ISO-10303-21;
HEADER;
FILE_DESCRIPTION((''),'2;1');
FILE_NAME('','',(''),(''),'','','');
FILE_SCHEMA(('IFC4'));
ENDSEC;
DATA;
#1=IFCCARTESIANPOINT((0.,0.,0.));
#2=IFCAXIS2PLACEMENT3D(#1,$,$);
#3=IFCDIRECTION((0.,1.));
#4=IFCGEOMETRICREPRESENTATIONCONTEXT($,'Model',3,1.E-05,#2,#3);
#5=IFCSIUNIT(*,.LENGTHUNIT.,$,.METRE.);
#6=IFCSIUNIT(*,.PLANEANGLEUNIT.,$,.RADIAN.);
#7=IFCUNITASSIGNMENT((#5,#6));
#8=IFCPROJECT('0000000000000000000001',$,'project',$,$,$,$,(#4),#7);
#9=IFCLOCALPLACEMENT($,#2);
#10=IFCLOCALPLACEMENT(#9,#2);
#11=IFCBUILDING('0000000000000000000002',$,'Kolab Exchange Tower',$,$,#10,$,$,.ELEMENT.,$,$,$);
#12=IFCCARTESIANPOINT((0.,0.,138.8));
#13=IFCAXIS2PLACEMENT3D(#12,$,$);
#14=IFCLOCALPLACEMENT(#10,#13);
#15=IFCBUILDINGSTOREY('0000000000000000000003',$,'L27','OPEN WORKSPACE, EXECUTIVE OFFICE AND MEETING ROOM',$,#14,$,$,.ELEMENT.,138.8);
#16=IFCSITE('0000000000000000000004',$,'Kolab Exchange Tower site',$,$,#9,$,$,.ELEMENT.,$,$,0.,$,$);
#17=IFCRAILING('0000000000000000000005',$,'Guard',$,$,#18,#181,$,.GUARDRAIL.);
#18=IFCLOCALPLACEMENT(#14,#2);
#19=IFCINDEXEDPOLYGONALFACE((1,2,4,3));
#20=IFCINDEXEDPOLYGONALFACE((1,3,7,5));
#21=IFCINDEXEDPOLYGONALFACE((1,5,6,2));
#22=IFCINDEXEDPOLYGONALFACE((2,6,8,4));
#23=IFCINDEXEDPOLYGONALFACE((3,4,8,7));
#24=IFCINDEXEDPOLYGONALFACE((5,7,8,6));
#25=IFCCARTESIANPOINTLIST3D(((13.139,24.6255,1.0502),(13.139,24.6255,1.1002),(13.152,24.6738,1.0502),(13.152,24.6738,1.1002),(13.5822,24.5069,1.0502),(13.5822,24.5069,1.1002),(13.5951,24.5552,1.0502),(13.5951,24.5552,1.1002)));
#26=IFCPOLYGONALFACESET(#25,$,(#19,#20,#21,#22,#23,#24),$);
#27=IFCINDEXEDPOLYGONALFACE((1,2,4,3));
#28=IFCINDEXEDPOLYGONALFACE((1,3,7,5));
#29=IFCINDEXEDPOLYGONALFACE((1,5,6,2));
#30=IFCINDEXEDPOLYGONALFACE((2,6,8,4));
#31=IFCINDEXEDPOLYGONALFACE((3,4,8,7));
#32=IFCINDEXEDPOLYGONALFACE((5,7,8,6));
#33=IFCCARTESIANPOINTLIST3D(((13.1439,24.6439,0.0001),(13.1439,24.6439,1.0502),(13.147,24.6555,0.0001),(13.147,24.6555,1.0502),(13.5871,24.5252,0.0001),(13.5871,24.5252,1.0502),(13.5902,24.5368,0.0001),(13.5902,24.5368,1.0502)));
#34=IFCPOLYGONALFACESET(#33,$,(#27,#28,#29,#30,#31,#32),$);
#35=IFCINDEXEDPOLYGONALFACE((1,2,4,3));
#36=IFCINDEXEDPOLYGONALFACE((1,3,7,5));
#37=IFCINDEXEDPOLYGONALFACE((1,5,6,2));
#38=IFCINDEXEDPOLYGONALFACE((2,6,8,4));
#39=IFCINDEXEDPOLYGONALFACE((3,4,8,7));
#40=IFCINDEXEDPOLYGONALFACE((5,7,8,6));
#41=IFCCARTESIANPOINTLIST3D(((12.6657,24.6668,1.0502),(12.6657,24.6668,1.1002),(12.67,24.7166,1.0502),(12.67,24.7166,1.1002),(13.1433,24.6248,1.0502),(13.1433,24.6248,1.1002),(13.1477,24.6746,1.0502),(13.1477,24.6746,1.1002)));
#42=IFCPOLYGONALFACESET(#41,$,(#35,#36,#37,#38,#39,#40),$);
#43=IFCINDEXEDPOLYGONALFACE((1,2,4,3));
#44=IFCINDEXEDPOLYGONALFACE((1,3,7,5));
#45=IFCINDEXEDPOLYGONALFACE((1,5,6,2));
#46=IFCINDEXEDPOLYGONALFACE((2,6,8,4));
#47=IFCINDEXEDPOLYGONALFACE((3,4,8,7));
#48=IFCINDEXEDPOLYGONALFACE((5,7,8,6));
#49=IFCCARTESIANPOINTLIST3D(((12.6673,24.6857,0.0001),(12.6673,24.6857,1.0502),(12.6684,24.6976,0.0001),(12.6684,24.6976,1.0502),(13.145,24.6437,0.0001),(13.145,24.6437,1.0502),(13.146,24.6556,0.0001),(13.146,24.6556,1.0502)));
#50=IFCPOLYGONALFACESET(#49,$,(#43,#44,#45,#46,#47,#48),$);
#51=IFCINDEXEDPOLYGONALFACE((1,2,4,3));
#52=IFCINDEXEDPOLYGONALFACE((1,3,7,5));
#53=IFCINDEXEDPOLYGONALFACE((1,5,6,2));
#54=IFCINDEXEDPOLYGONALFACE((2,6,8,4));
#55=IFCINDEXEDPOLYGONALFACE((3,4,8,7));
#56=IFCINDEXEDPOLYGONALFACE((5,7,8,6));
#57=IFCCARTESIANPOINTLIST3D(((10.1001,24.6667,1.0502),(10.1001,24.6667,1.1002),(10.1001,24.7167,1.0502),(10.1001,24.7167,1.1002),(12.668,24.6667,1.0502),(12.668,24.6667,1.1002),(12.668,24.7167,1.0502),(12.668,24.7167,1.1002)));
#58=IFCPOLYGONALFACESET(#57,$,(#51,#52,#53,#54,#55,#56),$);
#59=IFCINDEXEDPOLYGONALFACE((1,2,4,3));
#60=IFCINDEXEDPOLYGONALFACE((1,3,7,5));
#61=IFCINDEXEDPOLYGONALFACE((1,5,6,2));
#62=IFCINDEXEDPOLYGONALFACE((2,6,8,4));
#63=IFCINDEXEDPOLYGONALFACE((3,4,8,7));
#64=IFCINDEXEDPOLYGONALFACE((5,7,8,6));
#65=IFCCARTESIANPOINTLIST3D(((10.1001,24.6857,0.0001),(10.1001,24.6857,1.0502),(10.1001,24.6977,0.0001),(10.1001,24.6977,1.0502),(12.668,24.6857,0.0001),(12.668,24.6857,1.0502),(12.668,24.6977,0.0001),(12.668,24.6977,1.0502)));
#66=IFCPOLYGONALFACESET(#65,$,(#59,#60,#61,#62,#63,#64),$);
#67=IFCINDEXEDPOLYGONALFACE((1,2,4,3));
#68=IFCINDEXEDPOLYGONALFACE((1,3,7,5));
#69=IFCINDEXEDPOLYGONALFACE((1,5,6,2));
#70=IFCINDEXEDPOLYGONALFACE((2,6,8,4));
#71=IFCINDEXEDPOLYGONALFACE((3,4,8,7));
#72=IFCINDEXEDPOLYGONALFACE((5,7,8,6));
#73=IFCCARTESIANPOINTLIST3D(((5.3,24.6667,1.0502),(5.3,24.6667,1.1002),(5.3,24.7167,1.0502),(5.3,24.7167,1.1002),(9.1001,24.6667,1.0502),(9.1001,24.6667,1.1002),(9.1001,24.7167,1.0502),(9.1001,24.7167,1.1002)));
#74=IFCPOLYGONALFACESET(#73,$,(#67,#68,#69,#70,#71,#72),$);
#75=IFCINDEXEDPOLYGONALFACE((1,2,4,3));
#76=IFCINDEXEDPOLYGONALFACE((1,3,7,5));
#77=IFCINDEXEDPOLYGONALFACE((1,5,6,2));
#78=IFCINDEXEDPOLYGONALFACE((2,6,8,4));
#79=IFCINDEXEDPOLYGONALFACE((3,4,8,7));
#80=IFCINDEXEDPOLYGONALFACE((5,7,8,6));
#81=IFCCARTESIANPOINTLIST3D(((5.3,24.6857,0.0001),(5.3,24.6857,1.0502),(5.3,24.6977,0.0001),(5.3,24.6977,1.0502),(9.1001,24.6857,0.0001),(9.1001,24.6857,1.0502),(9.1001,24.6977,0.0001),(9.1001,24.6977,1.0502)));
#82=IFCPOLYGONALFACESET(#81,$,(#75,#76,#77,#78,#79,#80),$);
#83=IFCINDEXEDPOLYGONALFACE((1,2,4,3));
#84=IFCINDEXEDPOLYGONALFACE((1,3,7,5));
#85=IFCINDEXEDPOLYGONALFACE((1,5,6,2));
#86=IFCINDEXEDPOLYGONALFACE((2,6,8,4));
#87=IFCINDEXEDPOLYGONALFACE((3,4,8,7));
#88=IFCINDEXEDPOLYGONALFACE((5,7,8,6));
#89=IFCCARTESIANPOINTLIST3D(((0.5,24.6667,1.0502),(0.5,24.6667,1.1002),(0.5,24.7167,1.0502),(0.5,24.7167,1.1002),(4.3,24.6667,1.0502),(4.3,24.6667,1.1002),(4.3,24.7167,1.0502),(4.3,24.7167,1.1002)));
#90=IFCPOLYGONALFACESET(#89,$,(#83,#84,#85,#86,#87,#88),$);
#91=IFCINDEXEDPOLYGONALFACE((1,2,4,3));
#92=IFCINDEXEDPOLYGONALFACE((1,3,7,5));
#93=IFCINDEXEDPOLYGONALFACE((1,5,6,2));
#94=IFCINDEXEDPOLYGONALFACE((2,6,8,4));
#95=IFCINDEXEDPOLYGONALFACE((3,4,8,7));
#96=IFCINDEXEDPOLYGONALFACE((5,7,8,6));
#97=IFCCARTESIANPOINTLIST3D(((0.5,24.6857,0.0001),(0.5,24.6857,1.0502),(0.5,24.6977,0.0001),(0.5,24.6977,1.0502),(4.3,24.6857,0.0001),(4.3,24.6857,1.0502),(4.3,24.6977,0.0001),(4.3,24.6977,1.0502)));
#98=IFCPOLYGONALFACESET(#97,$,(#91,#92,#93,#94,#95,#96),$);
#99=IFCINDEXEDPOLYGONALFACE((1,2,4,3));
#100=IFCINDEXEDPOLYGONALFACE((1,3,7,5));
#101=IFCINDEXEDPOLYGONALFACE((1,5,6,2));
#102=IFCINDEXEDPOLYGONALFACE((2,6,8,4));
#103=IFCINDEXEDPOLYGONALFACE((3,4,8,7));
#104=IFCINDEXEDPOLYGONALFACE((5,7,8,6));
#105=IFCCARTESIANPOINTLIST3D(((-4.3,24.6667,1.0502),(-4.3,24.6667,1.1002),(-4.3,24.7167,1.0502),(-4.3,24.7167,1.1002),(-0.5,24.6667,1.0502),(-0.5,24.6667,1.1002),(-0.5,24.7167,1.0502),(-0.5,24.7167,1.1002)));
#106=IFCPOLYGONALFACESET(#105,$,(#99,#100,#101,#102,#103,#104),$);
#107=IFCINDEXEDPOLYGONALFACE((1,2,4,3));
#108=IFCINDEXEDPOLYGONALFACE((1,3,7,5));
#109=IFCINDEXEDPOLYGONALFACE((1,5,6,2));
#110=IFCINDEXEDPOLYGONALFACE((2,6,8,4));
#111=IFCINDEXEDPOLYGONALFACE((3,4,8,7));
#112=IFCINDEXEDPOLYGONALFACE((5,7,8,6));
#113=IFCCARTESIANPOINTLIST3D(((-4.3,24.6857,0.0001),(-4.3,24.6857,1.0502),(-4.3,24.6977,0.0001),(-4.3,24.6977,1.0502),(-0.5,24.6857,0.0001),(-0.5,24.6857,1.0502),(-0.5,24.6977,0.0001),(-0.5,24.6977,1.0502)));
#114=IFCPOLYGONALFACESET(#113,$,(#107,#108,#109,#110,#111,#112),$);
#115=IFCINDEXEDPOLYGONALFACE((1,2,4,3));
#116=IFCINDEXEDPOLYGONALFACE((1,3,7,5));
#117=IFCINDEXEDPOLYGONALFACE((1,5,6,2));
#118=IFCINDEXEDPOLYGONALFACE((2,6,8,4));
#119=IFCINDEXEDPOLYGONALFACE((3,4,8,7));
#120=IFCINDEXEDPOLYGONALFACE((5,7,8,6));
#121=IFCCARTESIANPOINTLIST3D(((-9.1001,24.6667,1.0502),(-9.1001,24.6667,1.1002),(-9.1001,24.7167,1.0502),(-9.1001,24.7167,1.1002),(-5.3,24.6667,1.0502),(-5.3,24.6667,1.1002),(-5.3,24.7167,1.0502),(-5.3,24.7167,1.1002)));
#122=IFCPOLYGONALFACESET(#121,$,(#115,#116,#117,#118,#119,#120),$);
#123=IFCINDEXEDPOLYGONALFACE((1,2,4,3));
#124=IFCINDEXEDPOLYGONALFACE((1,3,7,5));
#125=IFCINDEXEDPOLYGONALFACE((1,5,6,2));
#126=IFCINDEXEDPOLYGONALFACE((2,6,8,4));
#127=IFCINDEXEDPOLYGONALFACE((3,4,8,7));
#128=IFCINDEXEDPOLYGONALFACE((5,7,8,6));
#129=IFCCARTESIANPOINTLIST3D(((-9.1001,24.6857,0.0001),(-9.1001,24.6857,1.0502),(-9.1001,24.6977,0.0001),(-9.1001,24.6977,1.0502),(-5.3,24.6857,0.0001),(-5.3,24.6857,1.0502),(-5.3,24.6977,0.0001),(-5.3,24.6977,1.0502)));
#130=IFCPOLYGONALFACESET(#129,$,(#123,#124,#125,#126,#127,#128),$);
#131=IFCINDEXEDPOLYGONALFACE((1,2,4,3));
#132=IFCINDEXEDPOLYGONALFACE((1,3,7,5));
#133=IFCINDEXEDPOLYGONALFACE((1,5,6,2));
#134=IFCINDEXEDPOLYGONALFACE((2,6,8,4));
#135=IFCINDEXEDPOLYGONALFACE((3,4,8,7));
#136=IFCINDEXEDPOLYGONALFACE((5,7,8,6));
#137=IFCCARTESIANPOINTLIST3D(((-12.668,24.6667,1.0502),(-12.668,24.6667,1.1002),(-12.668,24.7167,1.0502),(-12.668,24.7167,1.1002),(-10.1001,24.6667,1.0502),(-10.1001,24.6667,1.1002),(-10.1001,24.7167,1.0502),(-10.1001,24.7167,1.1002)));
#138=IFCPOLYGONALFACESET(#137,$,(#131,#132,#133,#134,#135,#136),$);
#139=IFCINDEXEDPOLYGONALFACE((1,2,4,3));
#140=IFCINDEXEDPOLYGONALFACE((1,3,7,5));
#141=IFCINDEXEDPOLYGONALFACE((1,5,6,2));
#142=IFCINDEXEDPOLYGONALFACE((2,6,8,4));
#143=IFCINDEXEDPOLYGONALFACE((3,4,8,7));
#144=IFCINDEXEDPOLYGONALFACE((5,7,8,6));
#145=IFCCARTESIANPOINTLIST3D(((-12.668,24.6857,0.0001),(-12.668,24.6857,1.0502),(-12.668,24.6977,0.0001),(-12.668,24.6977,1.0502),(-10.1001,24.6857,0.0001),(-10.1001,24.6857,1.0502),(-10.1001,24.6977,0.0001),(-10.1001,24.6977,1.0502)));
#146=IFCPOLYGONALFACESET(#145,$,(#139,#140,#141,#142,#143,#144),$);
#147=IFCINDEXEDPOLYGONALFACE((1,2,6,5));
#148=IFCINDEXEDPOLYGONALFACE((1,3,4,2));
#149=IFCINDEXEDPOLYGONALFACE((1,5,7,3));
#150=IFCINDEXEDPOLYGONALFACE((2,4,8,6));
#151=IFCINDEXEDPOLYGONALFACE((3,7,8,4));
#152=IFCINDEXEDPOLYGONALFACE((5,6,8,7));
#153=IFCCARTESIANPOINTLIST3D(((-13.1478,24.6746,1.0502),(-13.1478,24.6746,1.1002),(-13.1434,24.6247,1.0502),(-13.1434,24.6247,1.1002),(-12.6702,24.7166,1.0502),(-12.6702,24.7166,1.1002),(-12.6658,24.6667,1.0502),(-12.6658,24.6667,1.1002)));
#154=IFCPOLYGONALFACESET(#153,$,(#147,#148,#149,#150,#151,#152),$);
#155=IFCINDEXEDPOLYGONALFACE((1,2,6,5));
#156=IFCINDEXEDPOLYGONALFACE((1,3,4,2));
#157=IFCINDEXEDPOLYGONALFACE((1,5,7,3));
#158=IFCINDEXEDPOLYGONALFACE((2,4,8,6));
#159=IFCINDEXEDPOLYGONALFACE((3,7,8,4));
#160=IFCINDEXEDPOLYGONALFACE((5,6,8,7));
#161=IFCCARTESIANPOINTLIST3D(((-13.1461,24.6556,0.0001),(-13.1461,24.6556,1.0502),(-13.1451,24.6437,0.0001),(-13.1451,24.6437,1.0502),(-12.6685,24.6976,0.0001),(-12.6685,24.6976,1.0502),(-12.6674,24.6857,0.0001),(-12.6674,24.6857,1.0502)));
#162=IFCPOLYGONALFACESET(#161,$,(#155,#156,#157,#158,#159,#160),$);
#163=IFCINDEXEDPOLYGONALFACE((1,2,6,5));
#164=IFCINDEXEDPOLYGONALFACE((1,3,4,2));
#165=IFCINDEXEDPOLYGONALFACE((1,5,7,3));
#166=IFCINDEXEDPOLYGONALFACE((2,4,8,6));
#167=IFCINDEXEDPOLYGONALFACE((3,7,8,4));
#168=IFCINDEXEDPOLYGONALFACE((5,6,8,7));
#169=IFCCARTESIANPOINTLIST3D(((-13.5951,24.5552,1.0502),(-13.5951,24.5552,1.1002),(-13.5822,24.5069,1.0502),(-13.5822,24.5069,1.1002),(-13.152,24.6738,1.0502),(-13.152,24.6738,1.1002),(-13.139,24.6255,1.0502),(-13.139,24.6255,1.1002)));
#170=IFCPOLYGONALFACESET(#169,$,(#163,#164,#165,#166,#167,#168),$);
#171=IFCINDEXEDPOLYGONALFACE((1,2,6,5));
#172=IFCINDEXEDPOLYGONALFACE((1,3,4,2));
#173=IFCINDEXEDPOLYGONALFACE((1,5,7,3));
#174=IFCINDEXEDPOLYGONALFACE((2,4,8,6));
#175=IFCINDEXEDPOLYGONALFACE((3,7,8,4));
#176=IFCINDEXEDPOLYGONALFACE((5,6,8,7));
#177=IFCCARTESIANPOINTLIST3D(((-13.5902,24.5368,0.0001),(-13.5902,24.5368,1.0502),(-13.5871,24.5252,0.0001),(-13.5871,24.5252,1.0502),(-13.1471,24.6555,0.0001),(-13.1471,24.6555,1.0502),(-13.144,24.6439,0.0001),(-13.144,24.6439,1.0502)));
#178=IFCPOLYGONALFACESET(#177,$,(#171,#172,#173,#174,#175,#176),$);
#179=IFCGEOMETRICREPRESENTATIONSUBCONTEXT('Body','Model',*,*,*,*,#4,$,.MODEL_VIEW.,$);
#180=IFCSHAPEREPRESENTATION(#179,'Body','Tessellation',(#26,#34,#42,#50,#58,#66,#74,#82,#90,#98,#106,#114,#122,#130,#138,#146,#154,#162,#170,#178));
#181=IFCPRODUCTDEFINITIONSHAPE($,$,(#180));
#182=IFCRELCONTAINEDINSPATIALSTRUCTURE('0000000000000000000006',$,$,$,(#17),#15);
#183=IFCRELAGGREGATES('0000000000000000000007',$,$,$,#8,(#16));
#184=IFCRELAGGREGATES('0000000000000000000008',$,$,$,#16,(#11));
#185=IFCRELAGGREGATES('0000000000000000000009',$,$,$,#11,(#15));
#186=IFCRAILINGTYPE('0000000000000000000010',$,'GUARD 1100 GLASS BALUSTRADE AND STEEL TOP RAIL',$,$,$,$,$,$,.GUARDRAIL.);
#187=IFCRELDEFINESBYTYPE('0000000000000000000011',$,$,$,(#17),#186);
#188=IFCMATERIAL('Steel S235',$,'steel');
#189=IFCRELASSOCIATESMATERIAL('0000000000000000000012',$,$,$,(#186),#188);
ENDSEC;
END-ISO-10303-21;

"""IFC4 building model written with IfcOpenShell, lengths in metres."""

from ifc_helpers import new_model, si_unit, direction, frame, frame_2d, origin, origin_2d, place, context, subcontext, project, spatial, rectangle, extrude, material, type_object, element, save


model = new_model("IFC4")

# Units and contexts
model_context = context("Model", 3, precision=1e-05, world=origin(), true_north=direction((0.0, 1.0)))
body_context = subcontext(model_context, "Body", "Model", "MODEL_VIEW")
ifc_project = project(units=[si_unit("LENGTHUNIT", "METRE"), si_unit("PLANEANGLEUNIT", "RADIAN")], contexts=[model_context])

# Site, building, storey
site_placement = place(None, origin())
site = spatial("IfcSite", under=ifc_project, at=site_placement, Name="Kolab Exchange Tower site", CompositionType="ELEMENT", RefElevation=0.0)
building_placement = place(site_placement, origin())
building = spatial("IfcBuilding", under=site, at=building_placement, Name="Kolab Exchange Tower", CompositionType="ELEMENT")
storey_placement = place(building_placement, frame((0.0, 0.0, 138.8)))
storey = spatial("IfcBuildingStorey", under=building, at=storey_placement, Name="L27", Description="OPEN WORKSPACE, EXECUTIVE OFFICE AND MEETING ROOM", CompositionType="ELEMENT", Elevation=138.8)

# Shared definitions
ifc_material_1 = material(Name="Steel S235", Category="steel")

# Railing
railing_type = type_object("IfcRailingType", Name="GUARD 1100 GLASS BALUSTRADE AND STEEL TOP RAIL", PredefinedType="GUARDRAIL", material=ifc_material_1)
railing_placement = place(storey_placement, frame((13.5886, 24.531, 0.0)))
element("IfcRailing", 1, at=railing_placement, inside=storey, type_object=railing_type, Name="Guard", PredefinedType="GUARDRAIL", context=body_context, shape_type="SweptSolid", body=[
    extrude(rectangle(XDim=0.05, YDim=0.05, at=origin_2d()), frame((0.0, 0.0, 1.0752), z_axis=(-0.965969, 0.258656, 0.0), x_axis=(-0.258656, -0.965969, 0.0)), (0.0, 0.0, 1.0), 0.4587),
    extrude(rectangle(XDim=0.012, YDim=1.0501, at=frame_2d((0.0, 0.5251))), frame((0.0, 0.0, 0.0), z_axis=(-0.965969, 0.258656, 0.0), x_axis=(-0.258656, -0.965969, 0.0)), (0.0, 0.0, 1.0), 0.4587),
    extrude(rectangle(XDim=0.05, YDim=0.05, at=origin_2d()), frame((-0.4431, 0.1187, 1.0752), z_axis=(-0.996156, 0.087597, 0.0), x_axis=(-0.087597, -0.996156, 0.0)), (0.0, 0.0, 1.0), 0.4795),
    extrude(rectangle(XDim=0.012, YDim=1.0501, at=frame_2d((0.0, 0.5251))), frame((-0.4431, 0.1187, 0.0), z_axis=(-0.996156, 0.087597, 0.0), x_axis=(-0.087597, -0.996156, 0.0)), (0.0, 0.0, 1.0), 0.4795),
    extrude(rectangle(XDim=0.05, YDim=0.05, at=origin_2d()), frame((-0.9207, 0.1606, 1.0752), z_axis=(-1.0, 0.0, 0.0), x_axis=(0.0, -1.0, 0.0)), (0.0, 0.0, 1.0), 2.5679),
    extrude(rectangle(XDim=0.012, YDim=1.0501, at=frame_2d((0.0, 0.5251))), frame((-0.9207, 0.1606, 0.0), z_axis=(-1.0, 0.0, 0.0), x_axis=(0.0, -1.0, 0.0)), (0.0, 0.0, 1.0), 2.5679),
    extrude(rectangle(XDim=0.05, YDim=0.05, at=origin_2d()), frame((-4.4885, 0.1606, 1.0752), z_axis=(-1.0, 0.0, 0.0), x_axis=(0.0, -1.0, 0.0)), (0.0, 0.0, 1.0), 3.8),
    extrude(rectangle(XDim=0.012, YDim=1.0501, at=frame_2d((0.0, 0.5251))), frame((-4.4885, 0.1606, 0.0), z_axis=(-1.0, 0.0, 0.0), x_axis=(0.0, -1.0, 0.0)), (0.0, 0.0, 1.0), 3.8),
    extrude(rectangle(XDim=0.05, YDim=0.05, at=origin_2d()), frame((-9.2886, 0.1606, 1.0752), z_axis=(-1.0, 0.0, 0.0), x_axis=(0.0, -1.0, 0.0)), (0.0, 0.0, 1.0), 3.8),
    extrude(rectangle(XDim=0.012, YDim=1.0501, at=frame_2d((0.0, 0.5251))), frame((-9.2886, 0.1606, 0.0), z_axis=(-1.0, 0.0, 0.0), x_axis=(0.0, -1.0, 0.0)), (0.0, 0.0, 1.0), 3.8),
    extrude(rectangle(XDim=0.05, YDim=0.05, at=origin_2d()), frame((-14.0886, 0.1606, 1.0752), z_axis=(-1.0, 0.0, 0.0), x_axis=(0.0, -1.0, 0.0)), (0.0, 0.0, 1.0), 3.8),
    extrude(rectangle(XDim=0.012, YDim=1.0501, at=frame_2d((0.0, 0.5251))), frame((-14.0886, 0.1606, 0.0), z_axis=(-1.0, 0.0, 0.0), x_axis=(0.0, -1.0, 0.0)), (0.0, 0.0, 1.0), 3.8),
    extrude(rectangle(XDim=0.05, YDim=0.05, at=origin_2d()), frame((-18.8887, 0.1606, 1.0752), z_axis=(-1.0, 0.0, 0.0), x_axis=(0.0, -1.0, 0.0)), (0.0, 0.0, 1.0), 3.8),
    extrude(rectangle(XDim=0.012, YDim=1.0501, at=frame_2d((0.0, 0.5251))), frame((-18.8887, 0.1606, 0.0), z_axis=(-1.0, 0.0, 0.0), x_axis=(0.0, -1.0, 0.0)), (0.0, 0.0, 1.0), 3.8),
    extrude(rectangle(XDim=0.05, YDim=0.05, at=origin_2d()), frame((-23.6887, 0.1606, 1.0752), z_axis=(-1.0, 0.0, 0.0), x_axis=(0.0, -1.0, 0.0)), (0.0, 0.0, 1.0), 2.5679),
    extrude(rectangle(XDim=0.012, YDim=1.0501, at=frame_2d((0.0, 0.5251))), frame((-23.6887, 0.1606, 0.0), z_axis=(-1.0, 0.0, 0.0), x_axis=(0.0, -1.0, 0.0)), (0.0, 0.0, 1.0), 2.5679),
    extrude(rectangle(XDim=0.05, YDim=0.05, at=origin_2d()), frame((-26.2566, 0.1606, 1.0752), z_axis=(-0.996156, -0.087597, 0.0), x_axis=(0.087597, -0.996156, 0.0)), (0.0, 0.0, 1.0), 0.4795),
    extrude(rectangle(XDim=0.012, YDim=1.0501, at=frame_2d((0.0, 0.5251))), frame((-26.2566, 0.1606, 0.0), z_axis=(-0.996156, -0.087597, 0.0), x_axis=(0.087597, -0.996156, 0.0)), (0.0, 0.0, 1.0), 0.4795),
    extrude(rectangle(XDim=0.05, YDim=0.05, at=origin_2d()), frame((-26.7341, 0.1187, 1.0752), z_axis=(-0.965969, -0.258656, 0.0), x_axis=(0.258656, -0.965969, 0.0)), (0.0, 0.0, 1.0), 0.4587),
    extrude(rectangle(XDim=0.012, YDim=1.0501, at=frame_2d((0.0, 0.5251))), frame((-26.7341, 0.1187, 0.0), z_axis=(-0.965969, -0.258656, 0.0), x_axis=(0.258656, -0.965969, 0.0)), (0.0, 0.0, 1.0), 0.4587),
])

save(model, "model.ifc")
